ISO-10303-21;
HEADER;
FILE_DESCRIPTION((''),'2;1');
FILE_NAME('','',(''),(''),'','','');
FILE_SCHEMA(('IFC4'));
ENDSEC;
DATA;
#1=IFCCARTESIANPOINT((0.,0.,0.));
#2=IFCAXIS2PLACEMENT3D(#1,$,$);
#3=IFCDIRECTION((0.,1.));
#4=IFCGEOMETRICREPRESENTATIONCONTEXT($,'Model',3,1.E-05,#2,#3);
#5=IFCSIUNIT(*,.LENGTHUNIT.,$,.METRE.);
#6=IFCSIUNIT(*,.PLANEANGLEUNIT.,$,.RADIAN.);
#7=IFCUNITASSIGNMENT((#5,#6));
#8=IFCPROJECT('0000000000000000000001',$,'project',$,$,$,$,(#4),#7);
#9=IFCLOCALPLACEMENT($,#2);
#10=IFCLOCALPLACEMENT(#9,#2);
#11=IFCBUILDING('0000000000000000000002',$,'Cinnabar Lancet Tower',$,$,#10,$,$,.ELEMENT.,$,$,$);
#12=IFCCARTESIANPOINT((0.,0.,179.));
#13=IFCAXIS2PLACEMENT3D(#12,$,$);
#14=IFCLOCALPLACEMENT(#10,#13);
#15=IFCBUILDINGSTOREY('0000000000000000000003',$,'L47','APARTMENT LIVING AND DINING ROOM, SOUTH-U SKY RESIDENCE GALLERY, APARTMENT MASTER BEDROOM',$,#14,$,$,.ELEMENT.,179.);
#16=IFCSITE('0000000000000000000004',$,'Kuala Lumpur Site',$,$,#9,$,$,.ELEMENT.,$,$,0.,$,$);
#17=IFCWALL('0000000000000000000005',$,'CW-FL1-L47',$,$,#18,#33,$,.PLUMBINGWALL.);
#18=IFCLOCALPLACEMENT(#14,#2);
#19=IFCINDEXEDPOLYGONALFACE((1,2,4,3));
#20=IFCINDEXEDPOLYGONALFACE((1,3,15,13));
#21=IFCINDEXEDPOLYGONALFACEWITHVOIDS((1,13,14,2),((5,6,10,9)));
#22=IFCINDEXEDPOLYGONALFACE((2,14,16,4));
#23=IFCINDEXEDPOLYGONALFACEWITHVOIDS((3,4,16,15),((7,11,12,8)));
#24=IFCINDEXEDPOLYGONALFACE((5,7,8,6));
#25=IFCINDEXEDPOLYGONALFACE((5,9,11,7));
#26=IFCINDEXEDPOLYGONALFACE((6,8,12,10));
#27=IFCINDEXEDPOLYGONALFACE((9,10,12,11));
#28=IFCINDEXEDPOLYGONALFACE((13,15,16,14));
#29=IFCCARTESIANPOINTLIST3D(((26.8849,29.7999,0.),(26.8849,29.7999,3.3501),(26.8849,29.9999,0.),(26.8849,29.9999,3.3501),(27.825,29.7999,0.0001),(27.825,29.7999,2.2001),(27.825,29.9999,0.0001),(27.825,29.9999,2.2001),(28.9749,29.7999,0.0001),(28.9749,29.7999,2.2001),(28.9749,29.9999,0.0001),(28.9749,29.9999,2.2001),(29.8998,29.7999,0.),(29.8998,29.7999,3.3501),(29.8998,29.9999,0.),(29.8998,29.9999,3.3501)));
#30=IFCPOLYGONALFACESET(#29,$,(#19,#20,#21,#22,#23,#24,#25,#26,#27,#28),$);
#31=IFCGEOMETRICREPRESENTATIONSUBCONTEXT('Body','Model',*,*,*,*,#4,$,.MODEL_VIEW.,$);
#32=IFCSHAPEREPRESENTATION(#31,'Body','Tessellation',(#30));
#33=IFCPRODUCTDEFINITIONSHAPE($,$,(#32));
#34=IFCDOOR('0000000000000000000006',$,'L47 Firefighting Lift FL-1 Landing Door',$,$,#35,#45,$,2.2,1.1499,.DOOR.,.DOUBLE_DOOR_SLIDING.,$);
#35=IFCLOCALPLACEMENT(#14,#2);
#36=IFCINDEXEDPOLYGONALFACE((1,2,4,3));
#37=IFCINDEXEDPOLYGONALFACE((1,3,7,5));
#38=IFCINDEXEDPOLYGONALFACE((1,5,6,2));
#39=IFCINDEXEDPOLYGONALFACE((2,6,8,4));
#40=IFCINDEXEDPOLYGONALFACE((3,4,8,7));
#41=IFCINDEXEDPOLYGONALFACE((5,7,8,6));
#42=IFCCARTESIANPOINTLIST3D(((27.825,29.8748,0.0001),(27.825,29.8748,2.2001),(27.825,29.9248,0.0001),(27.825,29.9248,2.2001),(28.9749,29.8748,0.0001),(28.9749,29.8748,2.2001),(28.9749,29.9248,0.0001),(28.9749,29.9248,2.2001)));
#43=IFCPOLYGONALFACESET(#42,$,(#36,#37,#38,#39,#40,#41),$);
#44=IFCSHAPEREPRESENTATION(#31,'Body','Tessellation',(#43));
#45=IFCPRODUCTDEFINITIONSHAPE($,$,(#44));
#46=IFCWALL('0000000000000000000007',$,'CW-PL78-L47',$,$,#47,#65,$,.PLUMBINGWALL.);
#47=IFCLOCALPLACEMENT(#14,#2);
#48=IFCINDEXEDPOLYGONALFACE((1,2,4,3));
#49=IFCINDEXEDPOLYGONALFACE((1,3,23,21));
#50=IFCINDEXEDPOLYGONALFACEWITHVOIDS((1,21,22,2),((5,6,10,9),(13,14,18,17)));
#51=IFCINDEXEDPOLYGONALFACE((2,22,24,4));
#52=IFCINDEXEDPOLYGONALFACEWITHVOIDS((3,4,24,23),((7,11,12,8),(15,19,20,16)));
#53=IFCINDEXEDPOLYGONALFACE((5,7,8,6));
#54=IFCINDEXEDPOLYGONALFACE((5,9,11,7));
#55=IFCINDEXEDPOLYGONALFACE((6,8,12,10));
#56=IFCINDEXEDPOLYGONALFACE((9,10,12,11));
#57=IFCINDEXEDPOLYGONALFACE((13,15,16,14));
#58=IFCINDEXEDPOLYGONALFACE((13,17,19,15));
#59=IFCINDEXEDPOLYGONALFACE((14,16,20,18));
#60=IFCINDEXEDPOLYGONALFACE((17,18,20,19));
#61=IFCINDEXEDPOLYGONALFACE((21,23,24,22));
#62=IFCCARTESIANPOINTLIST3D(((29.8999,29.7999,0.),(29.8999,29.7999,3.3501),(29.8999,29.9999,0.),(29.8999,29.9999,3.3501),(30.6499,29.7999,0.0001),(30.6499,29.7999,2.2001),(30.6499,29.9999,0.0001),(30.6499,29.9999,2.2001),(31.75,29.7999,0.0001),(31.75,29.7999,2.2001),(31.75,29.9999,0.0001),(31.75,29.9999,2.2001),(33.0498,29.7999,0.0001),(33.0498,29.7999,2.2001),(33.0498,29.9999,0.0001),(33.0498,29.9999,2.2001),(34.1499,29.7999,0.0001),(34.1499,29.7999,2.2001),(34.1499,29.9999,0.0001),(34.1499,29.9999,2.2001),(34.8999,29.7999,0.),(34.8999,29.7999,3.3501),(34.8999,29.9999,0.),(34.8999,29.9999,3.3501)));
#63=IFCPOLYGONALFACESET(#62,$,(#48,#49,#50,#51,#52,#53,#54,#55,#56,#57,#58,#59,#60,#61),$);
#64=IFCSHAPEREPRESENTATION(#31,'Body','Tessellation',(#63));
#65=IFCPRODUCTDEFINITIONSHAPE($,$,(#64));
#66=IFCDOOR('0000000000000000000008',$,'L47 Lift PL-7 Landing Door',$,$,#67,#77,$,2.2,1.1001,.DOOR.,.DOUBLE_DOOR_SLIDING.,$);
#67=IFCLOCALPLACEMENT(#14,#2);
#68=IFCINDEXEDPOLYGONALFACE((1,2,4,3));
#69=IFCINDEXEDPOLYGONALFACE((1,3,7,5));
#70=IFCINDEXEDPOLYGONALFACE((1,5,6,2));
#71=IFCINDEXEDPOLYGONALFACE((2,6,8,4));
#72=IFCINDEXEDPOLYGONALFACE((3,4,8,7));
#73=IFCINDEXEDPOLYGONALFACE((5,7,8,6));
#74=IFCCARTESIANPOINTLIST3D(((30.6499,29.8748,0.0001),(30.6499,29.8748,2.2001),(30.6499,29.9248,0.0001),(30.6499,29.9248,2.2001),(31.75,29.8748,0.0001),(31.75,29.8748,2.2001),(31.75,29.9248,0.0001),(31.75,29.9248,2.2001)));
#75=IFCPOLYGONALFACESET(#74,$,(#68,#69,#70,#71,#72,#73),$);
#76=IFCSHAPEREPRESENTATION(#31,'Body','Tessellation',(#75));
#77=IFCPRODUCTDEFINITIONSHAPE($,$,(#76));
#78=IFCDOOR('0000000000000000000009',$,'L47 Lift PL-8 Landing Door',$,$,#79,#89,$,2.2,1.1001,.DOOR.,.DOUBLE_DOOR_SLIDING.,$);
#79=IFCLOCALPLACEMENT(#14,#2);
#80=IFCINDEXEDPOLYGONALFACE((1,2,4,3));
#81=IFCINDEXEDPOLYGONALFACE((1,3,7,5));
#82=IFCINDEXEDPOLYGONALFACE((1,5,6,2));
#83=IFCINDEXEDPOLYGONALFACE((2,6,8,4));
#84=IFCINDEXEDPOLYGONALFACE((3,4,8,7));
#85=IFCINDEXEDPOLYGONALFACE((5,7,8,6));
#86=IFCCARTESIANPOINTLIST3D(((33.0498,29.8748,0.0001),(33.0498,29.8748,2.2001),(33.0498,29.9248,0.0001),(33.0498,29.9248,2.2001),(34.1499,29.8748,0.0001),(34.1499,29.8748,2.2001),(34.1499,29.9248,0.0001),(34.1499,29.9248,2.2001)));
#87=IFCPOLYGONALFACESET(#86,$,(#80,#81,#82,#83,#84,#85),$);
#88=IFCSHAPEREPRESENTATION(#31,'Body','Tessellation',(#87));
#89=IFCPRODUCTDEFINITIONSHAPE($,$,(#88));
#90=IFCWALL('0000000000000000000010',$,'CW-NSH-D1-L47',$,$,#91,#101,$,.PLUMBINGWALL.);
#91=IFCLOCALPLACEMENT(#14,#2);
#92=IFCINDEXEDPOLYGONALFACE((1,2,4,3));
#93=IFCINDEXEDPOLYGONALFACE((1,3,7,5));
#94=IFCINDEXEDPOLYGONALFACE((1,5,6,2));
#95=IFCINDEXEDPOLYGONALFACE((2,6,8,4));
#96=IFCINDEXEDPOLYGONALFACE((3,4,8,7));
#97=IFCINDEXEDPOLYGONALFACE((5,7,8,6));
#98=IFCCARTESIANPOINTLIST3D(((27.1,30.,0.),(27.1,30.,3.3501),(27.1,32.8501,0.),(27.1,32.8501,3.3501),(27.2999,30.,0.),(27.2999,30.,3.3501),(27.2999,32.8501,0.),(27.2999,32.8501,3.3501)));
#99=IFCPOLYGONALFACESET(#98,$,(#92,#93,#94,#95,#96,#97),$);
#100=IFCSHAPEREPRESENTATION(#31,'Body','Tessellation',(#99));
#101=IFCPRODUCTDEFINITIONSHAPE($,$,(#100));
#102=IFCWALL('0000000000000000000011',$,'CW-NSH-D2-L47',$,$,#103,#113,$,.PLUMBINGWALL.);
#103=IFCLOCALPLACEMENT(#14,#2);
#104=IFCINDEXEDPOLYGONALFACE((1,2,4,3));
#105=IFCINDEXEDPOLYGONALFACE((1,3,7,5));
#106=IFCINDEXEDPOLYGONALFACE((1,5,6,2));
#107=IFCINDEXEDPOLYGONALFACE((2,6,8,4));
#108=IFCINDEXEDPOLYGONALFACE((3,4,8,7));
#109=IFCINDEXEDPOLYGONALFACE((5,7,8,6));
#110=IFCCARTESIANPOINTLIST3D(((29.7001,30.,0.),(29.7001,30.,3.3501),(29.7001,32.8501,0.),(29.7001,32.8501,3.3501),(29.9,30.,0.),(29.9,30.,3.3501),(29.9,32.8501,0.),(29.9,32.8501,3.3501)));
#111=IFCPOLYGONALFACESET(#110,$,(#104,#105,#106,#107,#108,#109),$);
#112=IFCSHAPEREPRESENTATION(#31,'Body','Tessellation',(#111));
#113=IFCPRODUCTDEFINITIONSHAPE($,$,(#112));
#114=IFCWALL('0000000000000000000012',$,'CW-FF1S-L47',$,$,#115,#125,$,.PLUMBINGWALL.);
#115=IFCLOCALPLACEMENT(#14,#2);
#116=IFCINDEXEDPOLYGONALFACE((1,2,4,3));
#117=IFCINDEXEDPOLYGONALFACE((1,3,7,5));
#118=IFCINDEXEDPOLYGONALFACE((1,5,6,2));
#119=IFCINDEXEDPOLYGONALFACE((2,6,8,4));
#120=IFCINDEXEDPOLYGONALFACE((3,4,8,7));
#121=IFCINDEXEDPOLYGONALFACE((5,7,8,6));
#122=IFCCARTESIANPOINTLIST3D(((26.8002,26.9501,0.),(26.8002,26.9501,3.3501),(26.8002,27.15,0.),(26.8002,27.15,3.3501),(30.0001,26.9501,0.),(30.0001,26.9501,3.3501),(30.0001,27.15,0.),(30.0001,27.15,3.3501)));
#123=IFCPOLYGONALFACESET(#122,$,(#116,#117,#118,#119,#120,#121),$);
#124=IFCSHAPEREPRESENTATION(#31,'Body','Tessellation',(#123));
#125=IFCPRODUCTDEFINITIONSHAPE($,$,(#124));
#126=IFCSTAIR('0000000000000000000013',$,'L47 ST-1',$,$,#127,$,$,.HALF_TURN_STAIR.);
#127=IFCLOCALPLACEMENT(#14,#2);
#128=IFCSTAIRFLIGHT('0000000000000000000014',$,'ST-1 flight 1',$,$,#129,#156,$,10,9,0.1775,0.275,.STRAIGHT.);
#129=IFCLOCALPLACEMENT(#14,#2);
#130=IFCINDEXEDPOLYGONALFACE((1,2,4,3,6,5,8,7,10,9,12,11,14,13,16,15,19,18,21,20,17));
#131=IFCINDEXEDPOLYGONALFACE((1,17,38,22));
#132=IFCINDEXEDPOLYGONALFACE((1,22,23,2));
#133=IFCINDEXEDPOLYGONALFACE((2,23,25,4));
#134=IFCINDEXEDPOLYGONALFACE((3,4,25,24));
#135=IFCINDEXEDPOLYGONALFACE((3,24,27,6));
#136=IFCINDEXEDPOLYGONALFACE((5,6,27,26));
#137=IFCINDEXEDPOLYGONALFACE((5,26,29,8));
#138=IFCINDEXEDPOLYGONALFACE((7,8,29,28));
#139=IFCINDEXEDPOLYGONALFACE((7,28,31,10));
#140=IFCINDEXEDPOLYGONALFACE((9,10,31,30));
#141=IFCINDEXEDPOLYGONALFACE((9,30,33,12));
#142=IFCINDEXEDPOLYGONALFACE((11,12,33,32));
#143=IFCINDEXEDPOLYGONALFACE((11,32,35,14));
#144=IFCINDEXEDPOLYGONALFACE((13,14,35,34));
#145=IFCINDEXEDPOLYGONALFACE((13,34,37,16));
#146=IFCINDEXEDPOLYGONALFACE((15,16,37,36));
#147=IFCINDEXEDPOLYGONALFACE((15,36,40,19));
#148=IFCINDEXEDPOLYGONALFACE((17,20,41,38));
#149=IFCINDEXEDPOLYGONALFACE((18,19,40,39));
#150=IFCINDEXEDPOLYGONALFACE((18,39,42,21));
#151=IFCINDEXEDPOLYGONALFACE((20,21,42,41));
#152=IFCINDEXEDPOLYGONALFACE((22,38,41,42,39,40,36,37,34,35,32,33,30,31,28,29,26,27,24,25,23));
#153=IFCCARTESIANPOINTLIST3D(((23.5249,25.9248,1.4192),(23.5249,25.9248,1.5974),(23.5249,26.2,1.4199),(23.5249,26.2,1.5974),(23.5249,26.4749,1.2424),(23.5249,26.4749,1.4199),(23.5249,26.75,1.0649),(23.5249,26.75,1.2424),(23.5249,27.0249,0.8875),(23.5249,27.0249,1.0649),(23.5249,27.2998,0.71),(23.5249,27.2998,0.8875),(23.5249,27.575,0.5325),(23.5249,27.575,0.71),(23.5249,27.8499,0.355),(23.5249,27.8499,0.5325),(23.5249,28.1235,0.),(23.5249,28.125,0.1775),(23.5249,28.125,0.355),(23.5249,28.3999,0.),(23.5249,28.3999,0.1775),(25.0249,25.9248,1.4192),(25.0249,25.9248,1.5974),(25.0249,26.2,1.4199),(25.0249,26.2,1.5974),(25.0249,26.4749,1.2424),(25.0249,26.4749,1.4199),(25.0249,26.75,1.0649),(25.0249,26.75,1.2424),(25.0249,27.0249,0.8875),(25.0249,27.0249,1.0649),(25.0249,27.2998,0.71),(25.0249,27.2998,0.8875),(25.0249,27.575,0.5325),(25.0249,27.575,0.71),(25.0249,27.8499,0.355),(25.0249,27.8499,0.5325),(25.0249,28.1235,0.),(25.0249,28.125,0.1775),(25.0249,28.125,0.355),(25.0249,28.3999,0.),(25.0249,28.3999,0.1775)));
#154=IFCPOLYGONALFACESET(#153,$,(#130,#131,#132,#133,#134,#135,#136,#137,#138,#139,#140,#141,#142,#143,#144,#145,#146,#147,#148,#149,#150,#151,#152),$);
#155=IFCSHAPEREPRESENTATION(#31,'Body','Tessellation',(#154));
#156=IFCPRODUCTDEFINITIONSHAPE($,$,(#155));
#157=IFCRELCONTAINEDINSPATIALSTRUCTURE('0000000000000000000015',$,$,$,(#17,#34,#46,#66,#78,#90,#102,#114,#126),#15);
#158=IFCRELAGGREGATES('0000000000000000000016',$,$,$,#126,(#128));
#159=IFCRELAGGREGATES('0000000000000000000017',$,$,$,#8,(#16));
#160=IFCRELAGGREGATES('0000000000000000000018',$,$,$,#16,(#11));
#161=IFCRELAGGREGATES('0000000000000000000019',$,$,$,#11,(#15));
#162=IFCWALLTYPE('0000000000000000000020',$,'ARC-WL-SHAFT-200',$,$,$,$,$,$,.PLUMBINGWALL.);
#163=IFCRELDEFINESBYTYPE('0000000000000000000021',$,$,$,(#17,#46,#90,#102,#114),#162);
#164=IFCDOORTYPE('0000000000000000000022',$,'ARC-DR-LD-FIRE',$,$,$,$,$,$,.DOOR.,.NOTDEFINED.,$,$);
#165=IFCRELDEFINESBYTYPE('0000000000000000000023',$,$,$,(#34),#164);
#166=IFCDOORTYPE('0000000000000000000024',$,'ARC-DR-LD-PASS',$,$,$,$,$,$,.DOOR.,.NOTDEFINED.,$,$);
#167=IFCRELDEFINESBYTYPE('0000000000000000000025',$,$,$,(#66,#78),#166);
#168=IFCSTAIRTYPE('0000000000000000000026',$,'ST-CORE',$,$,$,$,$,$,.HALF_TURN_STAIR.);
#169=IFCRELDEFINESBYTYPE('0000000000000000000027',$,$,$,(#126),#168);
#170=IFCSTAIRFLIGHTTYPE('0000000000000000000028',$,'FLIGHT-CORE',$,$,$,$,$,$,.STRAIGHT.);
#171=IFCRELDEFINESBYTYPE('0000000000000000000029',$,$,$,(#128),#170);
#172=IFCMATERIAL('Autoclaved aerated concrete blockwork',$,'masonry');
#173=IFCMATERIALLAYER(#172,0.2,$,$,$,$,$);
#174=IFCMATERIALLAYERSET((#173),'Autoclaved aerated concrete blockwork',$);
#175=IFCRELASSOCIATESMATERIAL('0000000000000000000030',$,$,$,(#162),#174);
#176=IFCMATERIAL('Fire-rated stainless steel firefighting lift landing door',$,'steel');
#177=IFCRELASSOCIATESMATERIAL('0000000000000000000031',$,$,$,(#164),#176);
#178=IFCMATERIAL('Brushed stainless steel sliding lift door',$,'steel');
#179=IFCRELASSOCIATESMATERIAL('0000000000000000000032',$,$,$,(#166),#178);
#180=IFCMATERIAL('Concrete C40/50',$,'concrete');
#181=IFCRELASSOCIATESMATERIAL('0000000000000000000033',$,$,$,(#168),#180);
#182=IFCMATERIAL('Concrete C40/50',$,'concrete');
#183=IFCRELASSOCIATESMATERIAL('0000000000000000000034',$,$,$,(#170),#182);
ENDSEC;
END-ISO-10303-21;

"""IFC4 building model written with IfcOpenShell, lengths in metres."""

from ifc_helpers import new_model, si_unit, direction, frame, frame_2d, origin, place, context, subcontext, project, spatial, polyline, rectangle, outline, extrude, material, layer, layer_set, type_object, element, fill, aggregate, save


model = new_model("IFC4")

# Units and contexts
model_context = context("Model", 3, precision=1e-05, world=origin(), true_north=direction((0.0, 1.0)))
body_context = subcontext(model_context, "Body", "Model", "MODEL_VIEW")
ifc_project = project(units=[si_unit("LENGTHUNIT", "METRE"), si_unit("PLANEANGLEUNIT", "RADIAN")], contexts=[model_context])

# Site, building, storey
site_placement = place(None, origin())
site = spatial("IfcSite", under=ifc_project, at=site_placement, Name="Kuala Lumpur Site", CompositionType="ELEMENT", RefElevation=0.0)
building_placement = place(site_placement, origin())
building = spatial("IfcBuilding", under=site, at=building_placement, Name="Cinnabar Lancet Tower", CompositionType="ELEMENT")
storey_placement = place(building_placement, frame((0.0, 0.0, 179.0)))
storey = spatial("IfcBuildingStorey", under=building, at=storey_placement, Name="L47", Description="APARTMENT LIVING AND DINING ROOM, SOUTH-U SKY RESIDENCE GALLERY, APARTMENT MASTER BEDROOM", CompositionType="ELEMENT", Elevation=179.0)

# Wall, opening, door
ifc_material_1 = material(Name="Autoclaved aerated concrete blockwork", Category="masonry")
ifc_layer_1 = layer(ifc_material_1, 0.2)
ifc_layer_set_1 = layer_set([ifc_layer_1], Name="Autoclaved aerated concrete blockwork")
wall_type_1 = type_object("IfcWallType", Name="ARC-WL-SHAFT-200", PredefinedType="PLUMBINGWALL", material=ifc_layer_set_1)
wall_1_placement = place(storey_placement, frame((26.885, 29.8999, 0.0), z_axis=(0.0, 0.0, 1.0), x_axis=(1.0, 0.0, 0.0)))
wall_1 = element("IfcWall", 1, at=wall_1_placement, inside=storey, type_object=wall_type_1, Name="CW-FL1-L47", PredefinedType="PLUMBINGWALL", context=body_context, shape_type="SweptSolid", body=[
    extrude(rectangle(XDim=3.0149, YDim=0.2, at=frame_2d((1.5073, 0.0))), origin(), (0.0, 0.0, 1.0), 3.3501),
])
opening_1_placement = place(wall_1_placement, frame((0.9399, 0.0, 0.0)))
opening_1 = element("IfcOpeningElement", 2, at=opening_1_placement, cuts=wall_1, PredefinedType="OPENING", context=body_context, shape_type="SweptSolid", body=[
    extrude(rectangle(XDim=1.1499, YDim=2.2, at=frame_2d((0.575, 1.1001))), frame((0.0, 0.1099, 0.0), z_axis=(0.0, -1.0, 0.0), x_axis=(1.0, 0.0, 0.0)), (0.0, 0.0, 1.0), 0.22),
])
ifc_material_2 = material(Name="Fire-rated stainless steel firefighting lift landing door", Category="steel")
door_type_1 = type_object("IfcDoorType", Name="ARC-DR-LD-FIRE", OperationType="NOTDEFINED", PredefinedType="DOOR", material=ifc_material_2)
door_1_placement = place(opening_1_placement, origin())
door_1 = element("IfcDoor", 3, at=door_1_placement, inside=storey, type_object=door_type_1, Name="L47 Firefighting Lift FL-1 Landing Door", OperationType="DOUBLE_DOOR_SLIDING", OverallHeight=2.2, OverallWidth=1.1499, PredefinedType="DOOR", context=body_context, shape_type="SweptSolid", body=[
    extrude(rectangle(XDim=1.1499, YDim=2.2, at=frame_2d((0.575, 1.1001))), frame((0.0, 0.0249, 0.0), z_axis=(0.0, -1.0, 0.0), x_axis=(1.0, 0.0, 0.0)), (0.0, 0.0, 1.0), 0.05),
])
fill(opening_1, door_1)

# Wall, openings, doors
wall_2_placement = place(storey_placement, frame((29.8999, 29.8999, 0.0), z_axis=(0.0, 0.0, 1.0), x_axis=(1.0, 0.0, 0.0)))
wall_2 = element("IfcWall", 4, at=wall_2_placement, inside=storey, type_object=wall_type_1, Name="CW-PL78-L47", PredefinedType="PLUMBINGWALL", context=body_context, shape_type="SweptSolid", body=[
    extrude(rectangle(XDim=5.0, YDim=0.2, at=frame_2d((2.5, 0.0))), origin(), (0.0, 0.0, 1.0), 3.3501),
])
opening_2_placement = place(wall_2_placement, frame((0.75, 0.0, 0.0)))
opening_2 = element("IfcOpeningElement", 5, at=opening_2_placement, cuts=wall_2, PredefinedType="OPENING", context=body_context, shape_type="SweptSolid", body=[
    extrude(rectangle(XDim=1.1001, YDim=2.2, at=frame_2d((0.55, 1.1001))), frame((0.0, 0.1099, 0.0), z_axis=(0.0, -1.0, 0.0), x_axis=(1.0, 0.0, 0.0)), (0.0, 0.0, 1.0), 0.22),
])
opening_3_placement = place(wall_2_placement, frame((3.1499, 0.0, 0.0)))
opening_3 = element("IfcOpeningElement", 6, at=opening_3_placement, cuts=wall_2, PredefinedType="OPENING", context=body_context, shape_type="SweptSolid", body=[
    extrude(rectangle(XDim=1.1001, YDim=2.2, at=frame_2d((0.55, 1.1001))), frame((0.0, 0.1099, 0.0), z_axis=(0.0, -1.0, 0.0), x_axis=(1.0, 0.0, 0.0)), (0.0, 0.0, 1.0), 0.22),
])
ifc_material_3 = material(Name="Brushed stainless steel sliding lift door", Category="steel")
door_type_2 = type_object("IfcDoorType", Name="ARC-DR-LD-PASS", OperationType="NOTDEFINED", PredefinedType="DOOR", material=ifc_material_3)
door_2_placement = place(opening_2_placement, origin())
door_2 = element("IfcDoor", 7, at=door_2_placement, inside=storey, type_object=door_type_2, Name="L47 Lift PL-7 Landing Door", OperationType="DOUBLE_DOOR_SLIDING", OverallHeight=2.2, OverallWidth=1.1001, PredefinedType="DOOR", context=body_context, shape_type="SweptSolid", body=[
    extrude(rectangle(XDim=1.1001, YDim=2.2, at=frame_2d((0.55, 1.1001))), frame((0.0, 0.0249, 0.0), z_axis=(0.0, -1.0, 0.0), x_axis=(1.0, 0.0, 0.0)), (0.0, 0.0, 1.0), 0.05),
])
fill(opening_2, door_2)
door_3_placement = place(opening_3_placement, origin())
door_3 = element("IfcDoor", 8, at=door_3_placement, inside=storey, type_object=door_type_2, Name="L47 Lift PL-8 Landing Door", OperationType="DOUBLE_DOOR_SLIDING", OverallHeight=2.2, OverallWidth=1.1001, PredefinedType="DOOR", context=body_context, shape_type="SweptSolid", body=[
    extrude(rectangle(XDim=1.1001, YDim=2.2, at=frame_2d((0.55, 1.1001))), frame((0.0, 0.0249, 0.0), z_axis=(0.0, -1.0, 0.0), x_axis=(1.0, 0.0, 0.0)), (0.0, 0.0, 1.0), 0.05),
])
fill(opening_3, door_3)

# Walls
for number, where, z_axis, x_axis, name in (
    (9, (27.2, 30.0, 0.0), (0.0, 0.0, 1.0), (0.0, 1.0, 0.0), "CW-NSH-D1-L47"),
    (10, (29.8, 30.0, 0.0), (0.0, 0.0, 1.0), (0.0, 1.0, 0.0), "CW-NSH-D2-L47"),
):
    element("IfcWall", number, at=place(storey_placement, frame(where, z_axis=z_axis, x_axis=x_axis)), inside=storey, type_object=wall_type_1, Name=name, PredefinedType="PLUMBINGWALL", context=body_context, shape_type="SweptSolid", body=[
        extrude(rectangle(XDim=2.8501, YDim=0.2, at=frame_2d((1.425, 0.0))), origin(), (0.0, 0.0, 1.0), 3.3501),
    ])

# Wall
wall_3_placement = place(storey_placement, frame((26.8, 27.05, 0.0), z_axis=(0.0, 0.0, 1.0), x_axis=(1.0, 0.0, 0.0)))
element("IfcWall", 11, at=wall_3_placement, inside=storey, type_object=wall_type_1, Name="CW-FF1S-L47", PredefinedType="PLUMBINGWALL", context=body_context, shape_type="SweptSolid", body=[
    extrude(rectangle(XDim=3.2, YDim=0.2, at=frame_2d((1.6001, 0.0))), origin(), (0.0, 0.0, 1.0), 3.3501),
])

# Stair, stair flight
ifc_material_4 = material(Name="Concrete C40/50", Category="concrete")
stair_type = type_object("IfcStairType", Name="ST-CORE", PredefinedType="HALF_TURN_STAIR", material=ifc_material_4)
stair_placement = place(storey_placement, origin())
stair = element("IfcStair", 12, at=stair_placement, inside=storey, type_object=stair_type, Name="L47 ST-1", PredefinedType="HALF_TURN_STAIR")
ifc_material_5 = material(Name="Concrete C40/50", Category="concrete")
stair_flight_type = type_object("IfcStairFlightType", Name="FLIGHT-CORE", PredefinedType="STRAIGHT", material=ifc_material_5)
stair_flight_1_placement = place(storey_placement, frame((24.2749, 28.3999, 0.0), z_axis=(0.0, 0.0, 1.0), x_axis=(0.0, -1.0, 0.0)))
stair_flight_1 = element("IfcStairFlight", 13, at=stair_flight_1_placement, type_object=stair_flight_type, Name="ST-1 flight 1", NumberOfRisers=10, NumberOfTreads=9, PredefinedType="STRAIGHT", RiserHeight=0.1775, TreadLength=0.275, context=body_context, shape_type="SweptSolid", body=[
    extrude(outline(polyline([(0.0, 0.0), (0.0, 0.1775), (0.2749, 0.1775), (0.2749, 0.355), (0.55, 0.355), (0.55, 0.5325), (0.825, 0.5325), (0.825, 0.71), (1.1001, 0.71), (1.1001, 0.8875), (1.375, 0.8875), (1.375, 1.0649), (1.6499, 1.0649), (1.6499, 1.2424), (1.925, 1.2424), (1.925, 1.4199), (2.2, 1.4199), (2.2, 1.5974), (2.4751, 1.5974), (2.4751, 1.7749), (2.4751, 1.4192), (0.2764, 0.0), (0.0, 0.0)])), frame((0.0, 0.75, 0.0), z_axis=(0.0, -1.0, 0.0), x_axis=(1.0, 0.0, 0.0)), (0.0, 0.0, 1.0), 1.5),
])
aggregate(stair, [stair_flight_1])

save(model, "model.ifc")
